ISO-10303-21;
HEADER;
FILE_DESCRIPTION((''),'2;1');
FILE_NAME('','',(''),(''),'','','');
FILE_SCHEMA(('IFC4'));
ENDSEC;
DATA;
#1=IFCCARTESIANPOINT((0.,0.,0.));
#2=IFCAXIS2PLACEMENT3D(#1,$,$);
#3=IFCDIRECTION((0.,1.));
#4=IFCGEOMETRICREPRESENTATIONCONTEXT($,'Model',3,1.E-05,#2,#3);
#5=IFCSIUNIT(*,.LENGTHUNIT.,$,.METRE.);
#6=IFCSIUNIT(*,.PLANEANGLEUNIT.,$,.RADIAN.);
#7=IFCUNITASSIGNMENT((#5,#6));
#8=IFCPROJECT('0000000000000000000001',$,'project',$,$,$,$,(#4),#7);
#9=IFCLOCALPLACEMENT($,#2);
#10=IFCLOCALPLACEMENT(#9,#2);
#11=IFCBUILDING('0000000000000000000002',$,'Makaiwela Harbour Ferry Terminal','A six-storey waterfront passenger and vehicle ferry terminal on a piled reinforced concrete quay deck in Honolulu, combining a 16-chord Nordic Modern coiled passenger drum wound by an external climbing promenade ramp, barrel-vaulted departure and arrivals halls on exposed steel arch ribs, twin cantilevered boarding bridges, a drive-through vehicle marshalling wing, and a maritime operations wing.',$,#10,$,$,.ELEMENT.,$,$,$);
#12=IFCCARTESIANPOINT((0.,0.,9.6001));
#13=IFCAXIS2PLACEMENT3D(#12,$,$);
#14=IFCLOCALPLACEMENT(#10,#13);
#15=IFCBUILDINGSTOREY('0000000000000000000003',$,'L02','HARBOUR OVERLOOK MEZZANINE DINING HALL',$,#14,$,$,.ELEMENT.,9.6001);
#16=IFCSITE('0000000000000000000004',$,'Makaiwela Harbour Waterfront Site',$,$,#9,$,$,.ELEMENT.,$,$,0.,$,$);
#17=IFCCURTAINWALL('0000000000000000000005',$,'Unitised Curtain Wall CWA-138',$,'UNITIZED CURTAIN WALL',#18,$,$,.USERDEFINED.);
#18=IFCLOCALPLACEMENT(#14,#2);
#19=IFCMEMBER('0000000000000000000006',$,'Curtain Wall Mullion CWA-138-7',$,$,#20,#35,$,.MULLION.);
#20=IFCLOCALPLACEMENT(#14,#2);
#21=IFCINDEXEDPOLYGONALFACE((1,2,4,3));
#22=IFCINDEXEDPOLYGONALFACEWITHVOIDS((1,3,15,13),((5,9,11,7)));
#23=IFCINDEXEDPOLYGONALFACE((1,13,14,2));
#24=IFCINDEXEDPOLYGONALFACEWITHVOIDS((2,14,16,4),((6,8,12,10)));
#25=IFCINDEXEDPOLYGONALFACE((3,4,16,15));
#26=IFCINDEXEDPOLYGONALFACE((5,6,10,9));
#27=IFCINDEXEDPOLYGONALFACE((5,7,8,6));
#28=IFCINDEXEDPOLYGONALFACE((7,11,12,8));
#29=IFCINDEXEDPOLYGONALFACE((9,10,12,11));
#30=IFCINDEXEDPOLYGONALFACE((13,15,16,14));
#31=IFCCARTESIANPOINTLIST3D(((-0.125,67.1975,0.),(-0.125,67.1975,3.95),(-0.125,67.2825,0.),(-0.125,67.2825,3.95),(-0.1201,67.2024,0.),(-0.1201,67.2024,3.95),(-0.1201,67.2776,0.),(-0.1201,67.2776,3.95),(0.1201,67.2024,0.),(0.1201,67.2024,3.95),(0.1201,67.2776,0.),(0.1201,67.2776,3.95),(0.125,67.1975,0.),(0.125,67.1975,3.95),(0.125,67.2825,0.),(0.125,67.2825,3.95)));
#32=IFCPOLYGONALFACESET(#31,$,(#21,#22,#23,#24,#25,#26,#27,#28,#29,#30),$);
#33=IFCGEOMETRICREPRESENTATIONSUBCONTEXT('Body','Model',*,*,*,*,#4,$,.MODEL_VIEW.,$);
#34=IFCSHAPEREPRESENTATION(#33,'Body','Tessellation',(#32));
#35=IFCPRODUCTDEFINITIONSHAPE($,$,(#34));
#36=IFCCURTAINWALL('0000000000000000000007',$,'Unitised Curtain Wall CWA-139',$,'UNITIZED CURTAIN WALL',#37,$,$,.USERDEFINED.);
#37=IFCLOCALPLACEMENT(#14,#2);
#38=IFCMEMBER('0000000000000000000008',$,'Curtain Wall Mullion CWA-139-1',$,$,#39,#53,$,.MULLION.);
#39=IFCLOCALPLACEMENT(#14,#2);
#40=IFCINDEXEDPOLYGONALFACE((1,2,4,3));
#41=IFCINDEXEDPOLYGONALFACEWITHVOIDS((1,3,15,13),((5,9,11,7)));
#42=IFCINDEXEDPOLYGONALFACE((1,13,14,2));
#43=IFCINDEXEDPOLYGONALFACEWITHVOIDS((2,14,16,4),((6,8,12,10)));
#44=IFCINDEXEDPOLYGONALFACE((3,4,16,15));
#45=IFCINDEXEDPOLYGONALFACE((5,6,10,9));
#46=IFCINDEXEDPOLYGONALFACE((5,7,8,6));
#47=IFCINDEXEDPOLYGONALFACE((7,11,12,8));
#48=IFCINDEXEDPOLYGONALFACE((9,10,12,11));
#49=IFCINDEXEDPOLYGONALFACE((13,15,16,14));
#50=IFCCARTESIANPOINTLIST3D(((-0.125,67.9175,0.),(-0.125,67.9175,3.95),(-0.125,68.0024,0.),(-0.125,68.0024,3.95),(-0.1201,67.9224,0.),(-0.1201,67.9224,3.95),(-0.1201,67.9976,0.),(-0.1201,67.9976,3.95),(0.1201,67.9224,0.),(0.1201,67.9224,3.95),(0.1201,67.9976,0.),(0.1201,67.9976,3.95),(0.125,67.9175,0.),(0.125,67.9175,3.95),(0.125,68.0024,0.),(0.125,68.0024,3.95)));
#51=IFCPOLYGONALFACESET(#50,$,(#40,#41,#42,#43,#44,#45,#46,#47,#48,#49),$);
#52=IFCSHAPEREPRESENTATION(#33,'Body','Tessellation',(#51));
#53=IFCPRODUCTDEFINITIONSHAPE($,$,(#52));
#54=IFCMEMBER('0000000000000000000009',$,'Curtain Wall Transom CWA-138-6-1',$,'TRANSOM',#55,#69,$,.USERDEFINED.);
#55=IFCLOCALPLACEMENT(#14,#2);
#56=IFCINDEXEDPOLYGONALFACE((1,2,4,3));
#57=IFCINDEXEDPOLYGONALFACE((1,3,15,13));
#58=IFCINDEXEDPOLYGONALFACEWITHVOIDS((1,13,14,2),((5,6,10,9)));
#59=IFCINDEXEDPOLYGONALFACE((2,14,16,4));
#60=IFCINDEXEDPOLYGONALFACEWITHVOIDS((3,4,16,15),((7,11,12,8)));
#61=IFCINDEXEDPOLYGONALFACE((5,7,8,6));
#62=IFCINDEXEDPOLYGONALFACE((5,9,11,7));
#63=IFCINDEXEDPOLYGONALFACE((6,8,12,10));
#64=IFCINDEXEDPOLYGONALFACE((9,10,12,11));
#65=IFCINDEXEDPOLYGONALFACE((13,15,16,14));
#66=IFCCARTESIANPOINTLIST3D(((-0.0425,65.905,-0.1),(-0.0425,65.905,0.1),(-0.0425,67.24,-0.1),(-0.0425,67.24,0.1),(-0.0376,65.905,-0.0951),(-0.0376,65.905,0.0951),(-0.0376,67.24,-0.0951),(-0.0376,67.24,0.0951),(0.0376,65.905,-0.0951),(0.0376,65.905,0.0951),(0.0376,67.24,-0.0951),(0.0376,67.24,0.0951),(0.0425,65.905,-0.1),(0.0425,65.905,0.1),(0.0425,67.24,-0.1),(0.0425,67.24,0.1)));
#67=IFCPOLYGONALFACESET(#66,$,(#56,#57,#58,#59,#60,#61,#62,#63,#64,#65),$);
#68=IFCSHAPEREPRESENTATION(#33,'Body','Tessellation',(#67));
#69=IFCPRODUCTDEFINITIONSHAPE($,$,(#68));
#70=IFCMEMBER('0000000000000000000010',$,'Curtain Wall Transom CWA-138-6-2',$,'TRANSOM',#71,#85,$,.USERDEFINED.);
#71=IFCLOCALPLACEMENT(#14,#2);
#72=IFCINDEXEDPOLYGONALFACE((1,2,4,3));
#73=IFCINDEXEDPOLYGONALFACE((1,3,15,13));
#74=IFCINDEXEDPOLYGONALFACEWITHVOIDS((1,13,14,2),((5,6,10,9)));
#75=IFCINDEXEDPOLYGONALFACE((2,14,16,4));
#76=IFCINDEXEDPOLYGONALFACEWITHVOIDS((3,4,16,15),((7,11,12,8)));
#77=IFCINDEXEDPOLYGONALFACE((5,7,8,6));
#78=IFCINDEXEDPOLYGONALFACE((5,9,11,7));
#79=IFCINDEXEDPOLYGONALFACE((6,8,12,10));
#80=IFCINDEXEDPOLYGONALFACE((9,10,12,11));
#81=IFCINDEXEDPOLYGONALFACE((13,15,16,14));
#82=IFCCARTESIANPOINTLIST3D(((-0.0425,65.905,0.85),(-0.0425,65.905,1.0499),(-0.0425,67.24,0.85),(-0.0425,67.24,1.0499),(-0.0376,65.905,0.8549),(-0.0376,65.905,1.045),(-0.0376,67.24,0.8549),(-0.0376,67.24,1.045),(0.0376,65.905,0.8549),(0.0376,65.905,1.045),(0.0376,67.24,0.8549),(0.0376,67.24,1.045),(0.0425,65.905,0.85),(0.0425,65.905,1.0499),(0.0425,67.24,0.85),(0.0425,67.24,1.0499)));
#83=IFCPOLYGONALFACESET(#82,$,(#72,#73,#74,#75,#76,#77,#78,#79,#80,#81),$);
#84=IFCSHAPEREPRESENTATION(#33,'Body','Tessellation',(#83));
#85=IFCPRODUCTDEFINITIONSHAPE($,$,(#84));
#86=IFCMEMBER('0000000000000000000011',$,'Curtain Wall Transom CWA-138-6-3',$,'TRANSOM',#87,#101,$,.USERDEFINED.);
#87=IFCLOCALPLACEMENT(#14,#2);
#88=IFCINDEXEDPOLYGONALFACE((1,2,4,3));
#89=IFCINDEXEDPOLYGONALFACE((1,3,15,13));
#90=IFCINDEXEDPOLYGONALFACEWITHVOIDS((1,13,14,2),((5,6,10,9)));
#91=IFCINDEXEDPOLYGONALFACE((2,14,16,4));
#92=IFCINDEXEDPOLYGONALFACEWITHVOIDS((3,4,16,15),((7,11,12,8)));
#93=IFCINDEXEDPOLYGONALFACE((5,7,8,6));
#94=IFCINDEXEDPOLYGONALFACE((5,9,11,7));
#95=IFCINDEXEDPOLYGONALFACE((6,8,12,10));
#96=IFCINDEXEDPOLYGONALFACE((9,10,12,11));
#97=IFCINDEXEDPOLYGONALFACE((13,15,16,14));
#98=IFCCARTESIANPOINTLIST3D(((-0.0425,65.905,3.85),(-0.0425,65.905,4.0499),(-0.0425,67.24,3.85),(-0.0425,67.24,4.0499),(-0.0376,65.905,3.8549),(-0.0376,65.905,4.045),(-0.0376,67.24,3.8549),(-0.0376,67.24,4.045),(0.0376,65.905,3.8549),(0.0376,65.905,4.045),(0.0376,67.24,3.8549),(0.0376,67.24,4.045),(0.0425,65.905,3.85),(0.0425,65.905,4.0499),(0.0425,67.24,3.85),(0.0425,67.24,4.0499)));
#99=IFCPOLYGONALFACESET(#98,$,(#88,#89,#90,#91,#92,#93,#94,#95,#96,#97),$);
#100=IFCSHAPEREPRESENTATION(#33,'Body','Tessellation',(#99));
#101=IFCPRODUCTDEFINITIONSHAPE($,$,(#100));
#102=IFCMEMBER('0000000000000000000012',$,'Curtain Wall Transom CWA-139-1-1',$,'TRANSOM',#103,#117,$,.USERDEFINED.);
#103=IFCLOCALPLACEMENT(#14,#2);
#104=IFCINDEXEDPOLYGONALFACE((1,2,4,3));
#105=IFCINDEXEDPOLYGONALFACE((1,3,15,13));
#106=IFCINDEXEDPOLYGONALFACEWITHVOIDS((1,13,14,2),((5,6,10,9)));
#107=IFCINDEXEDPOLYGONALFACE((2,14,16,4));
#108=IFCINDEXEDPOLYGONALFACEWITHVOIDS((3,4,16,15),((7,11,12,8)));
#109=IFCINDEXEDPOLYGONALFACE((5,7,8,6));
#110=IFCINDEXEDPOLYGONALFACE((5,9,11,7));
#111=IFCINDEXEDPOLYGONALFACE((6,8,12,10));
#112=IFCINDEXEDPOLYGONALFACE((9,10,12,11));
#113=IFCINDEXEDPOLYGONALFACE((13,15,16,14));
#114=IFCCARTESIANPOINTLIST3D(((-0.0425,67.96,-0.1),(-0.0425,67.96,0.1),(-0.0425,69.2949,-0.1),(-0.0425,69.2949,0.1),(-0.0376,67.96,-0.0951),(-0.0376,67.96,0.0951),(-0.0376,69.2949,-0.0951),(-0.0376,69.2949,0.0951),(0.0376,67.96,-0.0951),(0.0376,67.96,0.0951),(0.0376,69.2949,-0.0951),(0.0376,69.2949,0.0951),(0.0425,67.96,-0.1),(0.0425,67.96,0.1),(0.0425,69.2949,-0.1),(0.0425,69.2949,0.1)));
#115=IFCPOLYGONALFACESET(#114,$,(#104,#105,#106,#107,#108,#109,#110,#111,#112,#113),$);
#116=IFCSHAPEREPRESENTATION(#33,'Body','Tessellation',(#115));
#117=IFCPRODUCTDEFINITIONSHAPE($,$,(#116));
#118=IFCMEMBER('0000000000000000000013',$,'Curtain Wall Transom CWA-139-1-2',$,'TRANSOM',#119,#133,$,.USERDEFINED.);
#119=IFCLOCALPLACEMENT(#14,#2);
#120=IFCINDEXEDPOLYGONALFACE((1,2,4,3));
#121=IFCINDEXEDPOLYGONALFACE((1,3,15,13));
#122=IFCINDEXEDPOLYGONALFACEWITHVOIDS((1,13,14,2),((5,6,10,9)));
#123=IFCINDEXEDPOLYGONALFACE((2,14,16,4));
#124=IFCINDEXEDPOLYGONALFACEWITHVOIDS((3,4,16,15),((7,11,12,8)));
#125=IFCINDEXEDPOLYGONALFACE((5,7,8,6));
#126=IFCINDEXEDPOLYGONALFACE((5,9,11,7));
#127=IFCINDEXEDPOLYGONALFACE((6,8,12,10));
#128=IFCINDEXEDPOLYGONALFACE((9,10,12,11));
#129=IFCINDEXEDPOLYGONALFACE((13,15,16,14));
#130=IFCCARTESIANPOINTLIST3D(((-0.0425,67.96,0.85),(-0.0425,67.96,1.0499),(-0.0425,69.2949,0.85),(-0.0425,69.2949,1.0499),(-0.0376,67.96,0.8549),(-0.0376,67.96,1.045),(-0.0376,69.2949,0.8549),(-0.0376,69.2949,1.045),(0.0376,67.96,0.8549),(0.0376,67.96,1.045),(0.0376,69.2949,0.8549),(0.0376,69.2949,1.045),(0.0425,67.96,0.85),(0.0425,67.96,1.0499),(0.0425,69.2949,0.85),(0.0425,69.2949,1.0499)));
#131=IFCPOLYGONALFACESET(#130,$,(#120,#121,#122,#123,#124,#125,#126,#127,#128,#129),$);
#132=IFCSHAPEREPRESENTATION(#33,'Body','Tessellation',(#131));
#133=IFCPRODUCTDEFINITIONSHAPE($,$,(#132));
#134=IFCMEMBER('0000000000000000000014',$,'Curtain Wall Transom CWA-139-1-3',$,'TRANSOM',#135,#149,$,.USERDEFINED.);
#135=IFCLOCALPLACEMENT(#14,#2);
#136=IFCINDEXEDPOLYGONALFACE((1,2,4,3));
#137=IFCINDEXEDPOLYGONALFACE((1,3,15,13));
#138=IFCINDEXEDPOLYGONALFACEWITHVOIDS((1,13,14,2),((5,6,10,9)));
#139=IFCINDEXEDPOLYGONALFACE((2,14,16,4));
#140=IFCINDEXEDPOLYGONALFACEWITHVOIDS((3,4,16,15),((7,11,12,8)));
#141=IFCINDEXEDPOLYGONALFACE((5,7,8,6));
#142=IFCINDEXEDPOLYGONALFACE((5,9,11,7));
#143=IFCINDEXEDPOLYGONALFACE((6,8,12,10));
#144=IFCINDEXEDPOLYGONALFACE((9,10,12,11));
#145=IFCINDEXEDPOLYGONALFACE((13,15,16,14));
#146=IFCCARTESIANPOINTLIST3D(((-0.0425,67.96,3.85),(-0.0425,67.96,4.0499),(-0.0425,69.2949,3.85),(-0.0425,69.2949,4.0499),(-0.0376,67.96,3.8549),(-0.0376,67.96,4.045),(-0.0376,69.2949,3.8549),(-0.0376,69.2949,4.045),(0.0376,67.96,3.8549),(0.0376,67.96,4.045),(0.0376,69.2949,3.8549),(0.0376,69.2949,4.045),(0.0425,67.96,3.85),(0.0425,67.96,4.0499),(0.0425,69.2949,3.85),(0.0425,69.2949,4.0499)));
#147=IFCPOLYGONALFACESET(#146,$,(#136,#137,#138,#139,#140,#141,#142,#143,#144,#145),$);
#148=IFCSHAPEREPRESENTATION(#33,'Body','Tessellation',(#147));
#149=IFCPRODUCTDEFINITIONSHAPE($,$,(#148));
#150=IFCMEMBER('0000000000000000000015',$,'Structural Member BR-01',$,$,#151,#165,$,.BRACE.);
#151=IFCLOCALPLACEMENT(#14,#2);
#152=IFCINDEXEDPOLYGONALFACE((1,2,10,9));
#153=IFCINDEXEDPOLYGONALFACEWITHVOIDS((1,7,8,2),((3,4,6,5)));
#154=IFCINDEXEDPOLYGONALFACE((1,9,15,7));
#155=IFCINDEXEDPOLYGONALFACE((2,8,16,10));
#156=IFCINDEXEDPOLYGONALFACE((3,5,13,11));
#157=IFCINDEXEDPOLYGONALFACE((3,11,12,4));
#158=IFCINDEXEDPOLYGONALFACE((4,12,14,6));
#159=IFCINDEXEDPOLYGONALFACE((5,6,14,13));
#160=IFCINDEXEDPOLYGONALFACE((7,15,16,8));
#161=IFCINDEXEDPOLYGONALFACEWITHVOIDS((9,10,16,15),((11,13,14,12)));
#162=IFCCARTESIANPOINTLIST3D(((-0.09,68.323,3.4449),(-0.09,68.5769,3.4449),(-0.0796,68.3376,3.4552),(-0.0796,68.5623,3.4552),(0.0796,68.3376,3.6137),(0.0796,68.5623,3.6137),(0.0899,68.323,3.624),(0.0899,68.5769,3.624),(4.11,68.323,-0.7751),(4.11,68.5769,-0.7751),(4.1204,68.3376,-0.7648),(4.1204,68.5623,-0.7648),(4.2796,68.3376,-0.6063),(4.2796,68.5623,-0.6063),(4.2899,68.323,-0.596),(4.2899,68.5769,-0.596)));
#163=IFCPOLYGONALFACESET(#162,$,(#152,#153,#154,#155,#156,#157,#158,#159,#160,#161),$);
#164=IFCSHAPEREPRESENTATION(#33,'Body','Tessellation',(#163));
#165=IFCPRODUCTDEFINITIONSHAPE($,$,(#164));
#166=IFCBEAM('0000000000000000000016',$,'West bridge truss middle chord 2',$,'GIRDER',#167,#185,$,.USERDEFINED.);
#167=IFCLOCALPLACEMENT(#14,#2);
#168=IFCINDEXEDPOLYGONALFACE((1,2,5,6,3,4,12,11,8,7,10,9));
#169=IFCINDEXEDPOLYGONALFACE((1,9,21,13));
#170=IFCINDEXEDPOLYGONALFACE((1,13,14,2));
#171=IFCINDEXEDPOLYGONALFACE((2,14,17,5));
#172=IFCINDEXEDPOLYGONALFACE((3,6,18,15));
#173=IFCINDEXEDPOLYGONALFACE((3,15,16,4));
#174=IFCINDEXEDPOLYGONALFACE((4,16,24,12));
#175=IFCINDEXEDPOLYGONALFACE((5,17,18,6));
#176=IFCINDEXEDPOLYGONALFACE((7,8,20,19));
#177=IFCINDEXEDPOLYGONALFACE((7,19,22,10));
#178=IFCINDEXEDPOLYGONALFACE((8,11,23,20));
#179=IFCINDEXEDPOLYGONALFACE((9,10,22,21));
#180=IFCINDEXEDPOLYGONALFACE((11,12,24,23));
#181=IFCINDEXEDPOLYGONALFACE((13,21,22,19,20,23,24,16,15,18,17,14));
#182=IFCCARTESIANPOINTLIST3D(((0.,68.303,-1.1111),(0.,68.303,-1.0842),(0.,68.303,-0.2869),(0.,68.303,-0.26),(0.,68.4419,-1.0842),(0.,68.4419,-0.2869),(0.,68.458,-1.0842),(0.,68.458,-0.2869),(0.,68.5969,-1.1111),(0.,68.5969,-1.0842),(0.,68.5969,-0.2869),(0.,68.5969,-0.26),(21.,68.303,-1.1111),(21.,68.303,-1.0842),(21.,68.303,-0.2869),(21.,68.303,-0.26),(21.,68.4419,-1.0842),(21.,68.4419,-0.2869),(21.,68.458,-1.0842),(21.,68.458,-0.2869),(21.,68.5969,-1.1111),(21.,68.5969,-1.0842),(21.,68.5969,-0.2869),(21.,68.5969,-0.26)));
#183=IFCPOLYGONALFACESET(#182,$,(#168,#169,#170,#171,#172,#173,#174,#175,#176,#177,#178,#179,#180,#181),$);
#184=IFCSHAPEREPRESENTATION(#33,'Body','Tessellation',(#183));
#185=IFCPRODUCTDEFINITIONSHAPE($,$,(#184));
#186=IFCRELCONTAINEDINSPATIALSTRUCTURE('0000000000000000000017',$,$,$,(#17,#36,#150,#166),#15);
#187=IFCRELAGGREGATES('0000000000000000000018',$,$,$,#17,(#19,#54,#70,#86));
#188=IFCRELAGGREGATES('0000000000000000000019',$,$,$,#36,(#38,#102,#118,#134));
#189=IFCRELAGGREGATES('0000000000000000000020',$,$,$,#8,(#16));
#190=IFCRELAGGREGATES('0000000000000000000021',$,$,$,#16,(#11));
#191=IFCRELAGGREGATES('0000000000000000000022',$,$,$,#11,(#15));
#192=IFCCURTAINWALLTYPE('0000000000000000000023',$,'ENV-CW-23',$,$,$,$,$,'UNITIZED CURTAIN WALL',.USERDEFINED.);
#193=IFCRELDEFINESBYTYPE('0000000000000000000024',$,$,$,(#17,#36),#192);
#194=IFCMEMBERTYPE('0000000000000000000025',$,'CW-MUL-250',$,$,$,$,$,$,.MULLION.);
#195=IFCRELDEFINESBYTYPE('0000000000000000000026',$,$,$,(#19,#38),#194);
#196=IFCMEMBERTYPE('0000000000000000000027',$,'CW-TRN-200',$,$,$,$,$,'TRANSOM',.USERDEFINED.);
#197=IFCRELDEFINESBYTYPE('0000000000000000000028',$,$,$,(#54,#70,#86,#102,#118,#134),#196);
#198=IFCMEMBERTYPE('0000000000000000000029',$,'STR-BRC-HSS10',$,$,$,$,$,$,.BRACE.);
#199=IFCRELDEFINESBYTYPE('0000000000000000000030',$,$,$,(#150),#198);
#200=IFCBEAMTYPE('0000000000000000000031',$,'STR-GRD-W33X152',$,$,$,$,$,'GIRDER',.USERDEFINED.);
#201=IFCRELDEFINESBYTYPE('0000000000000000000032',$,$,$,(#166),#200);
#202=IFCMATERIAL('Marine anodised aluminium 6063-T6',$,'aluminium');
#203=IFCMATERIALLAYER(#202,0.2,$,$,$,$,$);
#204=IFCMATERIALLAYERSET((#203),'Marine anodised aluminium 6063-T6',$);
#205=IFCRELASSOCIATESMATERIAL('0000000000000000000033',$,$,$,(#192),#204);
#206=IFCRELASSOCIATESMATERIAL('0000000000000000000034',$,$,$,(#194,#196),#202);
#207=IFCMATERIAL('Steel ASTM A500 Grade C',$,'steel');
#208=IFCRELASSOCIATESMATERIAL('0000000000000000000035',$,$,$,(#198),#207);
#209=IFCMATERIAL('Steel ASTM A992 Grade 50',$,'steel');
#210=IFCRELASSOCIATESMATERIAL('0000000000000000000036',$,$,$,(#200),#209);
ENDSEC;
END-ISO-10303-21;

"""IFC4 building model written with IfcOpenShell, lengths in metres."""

from ifc_helpers import new_model, si_unit, direction, frame, origin, origin_2d, place, context, subcontext, project, spatial, hollow_rectangle, i_section, extrude, material, layer, layer_set, material_profile, profile_set, type_object, element, aggregate, save


model = new_model("IFC4")

# Units and contexts
model_context = context("Model", 3, precision=1e-05, world=origin(), true_north=direction((0.0, 1.0)))
body_context = subcontext(model_context, "Body", "Model", "MODEL_VIEW")
ifc_project = project(units=[si_unit("LENGTHUNIT", "METRE"), si_unit("PLANEANGLEUNIT", "RADIAN")], contexts=[model_context])

# Site, building, storey
site_placement = place(None, origin())
site = spatial("IfcSite", under=ifc_project, at=site_placement, Name="Makaiwela Harbour Waterfront Site", CompositionType="ELEMENT", RefElevation=0.0)
building_placement = place(site_placement, origin())
building = spatial("IfcBuilding", under=site, at=building_placement, Name="Makaiwela Harbour Ferry Terminal", Description="A six-storey waterfront passenger and vehicle ferry terminal on a piled reinforced concrete quay deck in Honolulu, combining a 16-chord Nordic Modern coiled passenger drum wound by an external climbing promenade ramp, barrel-vaulted departure and arrivals halls on exposed steel arch ribs, twin cantilevered boarding bridges, a drive-through vehicle marshalling wing, and a maritime operations wing.", CompositionType="ELEMENT")
storey_placement = place(building_placement, frame((0.0, 0.0, 9.6001)))
storey = spatial("IfcBuildingStorey", under=building, at=storey_placement, Name="L02", Description="HARBOUR OVERLOOK MEZZANINE DINING HALL", CompositionType="ELEMENT", Elevation=9.6001)

# Curtain walls, members
ifc_material_1 = material(Name="Marine anodised aluminium 6063-T6", Category="aluminium")
ifc_layer_1 = layer(ifc_material_1, 0.2)
ifc_layer_set_1 = layer_set([ifc_layer_1], Name="Marine anodised aluminium 6063-T6")
curtain_wall_type = type_object("IfcCurtainWallType", Name="ENV-CW-23", ElementType="UNITIZED CURTAIN WALL", PredefinedType="USERDEFINED", material=ifc_layer_set_1)
curtain_wall_1_placement = place(storey_placement, origin())
curtain_wall_1 = element("IfcCurtainWall", 1, at=curtain_wall_1_placement, inside=storey, type_object=curtain_wall_type, Name="Unitised Curtain Wall CWA-138", ObjectType="UNITIZED CURTAIN WALL", PredefinedType="USERDEFINED")
ifc_material_profile_1 = material_profile(ifc_material_1, hollow_rectangle(XDim=0.085, YDim=0.25, WallThickness=0.0049, at=origin_2d()), Name="CWM-250X85")
ifc_profile_set_1 = profile_set([ifc_material_profile_1], Name="Marine anodised aluminium 6063-T6")
member_type_1 = type_object("IfcMemberType", Name="CW-MUL-250", PredefinedType="MULLION", material=ifc_profile_set_1)
member_1_placement = place(storey_placement, frame((0.0, 67.24, 0.0), z_axis=(0.0, 0.0, 1.0), x_axis=(0.0, 1.0, 0.0)))
member_1 = element("IfcMember", 2, at=member_1_placement, type_object=member_type_1, Name="Curtain Wall Mullion CWA-138-7", PredefinedType="MULLION", context=body_context, shape_type="SweptSolid", body=[
    extrude(hollow_rectangle(XDim=0.085, YDim=0.25, WallThickness=0.0049, at=origin_2d()), origin(), (0.0, 0.0, 1.0), 3.95),
])
curtain_wall_2_placement = place(storey_placement, origin())
curtain_wall_2 = element("IfcCurtainWall", 3, at=curtain_wall_2_placement, inside=storey, type_object=curtain_wall_type, Name="Unitised Curtain Wall CWA-139", ObjectType="UNITIZED CURTAIN WALL", PredefinedType="USERDEFINED")
member_2_placement = place(storey_placement, frame((0.0, 67.96, 0.0), z_axis=(0.0, 0.0, 1.0), x_axis=(0.0, 1.0, 0.0)))
member_2 = element("IfcMember", 4, at=member_2_placement, type_object=member_type_1, Name="Curtain Wall Mullion CWA-139-1", PredefinedType="MULLION", context=body_context, shape_type="SweptSolid", body=[
    extrude(hollow_rectangle(XDim=0.085, YDim=0.25, WallThickness=0.0049, at=origin_2d()), origin(), (0.0, 0.0, 1.0), 3.95),
])

# Members
ifc_material_profile_2 = material_profile(ifc_material_1, hollow_rectangle(XDim=0.085, YDim=0.2, WallThickness=0.0049, at=origin_2d()), Name="CWT-200X85")
ifc_profile_set_2 = profile_set([ifc_material_profile_2], Name="Marine anodised aluminium 6063-T6")
member_type_2 = type_object("IfcMemberType", Name="CW-TRN-200", ElementType="TRANSOM", PredefinedType="USERDEFINED", material=ifc_profile_set_2)
member_3_placement = place(storey_placement, frame((0.0, 65.905, 0.0), z_axis=(0.0, 1.0, 0.0), x_axis=(-1.0, 0.0, 0.0)))
member_3 = element("IfcMember", 5, at=member_3_placement, type_object=member_type_2, Name="Curtain Wall Transom CWA-138-6-1", ObjectType="TRANSOM", PredefinedType="USERDEFINED", context=body_context, shape_type="SweptSolid", body=[
    extrude(hollow_rectangle(XDim=0.085, YDim=0.2, WallThickness=0.0049, at=origin_2d()), origin(), (0.0, 0.0, 1.0), 1.335),
])
member_4_placement = place(storey_placement, frame((0.0, 65.905, 0.95), z_axis=(0.0, 1.0, 0.0), x_axis=(-1.0, 0.0, 0.0)))
member_4 = element("IfcMember", 6, at=member_4_placement, type_object=member_type_2, Name="Curtain Wall Transom CWA-138-6-2", ObjectType="TRANSOM", PredefinedType="USERDEFINED", context=body_context, shape_type="SweptSolid", body=[
    extrude(hollow_rectangle(XDim=0.085, YDim=0.2, WallThickness=0.0049, at=origin_2d()), origin(), (0.0, 0.0, 1.0), 1.335),
])
member_5_placement = place(storey_placement, frame((0.0, 65.905, 3.95), z_axis=(0.0, 1.0, 0.0), x_axis=(-1.0, 0.0, 0.0)))
member_5 = element("IfcMember", 7, at=member_5_placement, type_object=member_type_2, Name="Curtain Wall Transom CWA-138-6-3", ObjectType="TRANSOM", PredefinedType="USERDEFINED", context=body_context, shape_type="SweptSolid", body=[
    extrude(hollow_rectangle(XDim=0.085, YDim=0.2, WallThickness=0.0049, at=origin_2d()), origin(), (0.0, 0.0, 1.0), 1.335),
])
member_6_placement = place(storey_placement, frame((0.0, 67.96, 0.0), z_axis=(0.0, 1.0, 0.0), x_axis=(-1.0, 0.0, 0.0)))
member_6 = element("IfcMember", 8, at=member_6_placement, type_object=member_type_2, Name="Curtain Wall Transom CWA-139-1-1", ObjectType="TRANSOM", PredefinedType="USERDEFINED", context=body_context, shape_type="SweptSolid", body=[
    extrude(hollow_rectangle(XDim=0.085, YDim=0.2, WallThickness=0.0049, at=origin_2d()), origin(), (0.0, 0.0, 1.0), 1.335),
])
member_7_placement = place(storey_placement, frame((0.0, 67.96, 0.95), z_axis=(0.0, 1.0, 0.0), x_axis=(-1.0, 0.0, 0.0)))
member_7 = element("IfcMember", 9, at=member_7_placement, type_object=member_type_2, Name="Curtain Wall Transom CWA-139-1-2", ObjectType="TRANSOM", PredefinedType="USERDEFINED", context=body_context, shape_type="SweptSolid", body=[
    extrude(hollow_rectangle(XDim=0.085, YDim=0.2, WallThickness=0.0049, at=origin_2d()), origin(), (0.0, 0.0, 1.0), 1.335),
])
member_8_placement = place(storey_placement, frame((0.0, 67.96, 3.95), z_axis=(0.0, 1.0, 0.0), x_axis=(-1.0, 0.0, 0.0)))
member_8 = element("IfcMember", 10, at=member_8_placement, type_object=member_type_2, Name="Curtain Wall Transom CWA-139-1-3", ObjectType="TRANSOM", PredefinedType="USERDEFINED", context=body_context, shape_type="SweptSolid", body=[
    extrude(hollow_rectangle(XDim=0.085, YDim=0.2, WallThickness=0.0049, at=origin_2d()), origin(), (0.0, 0.0, 1.0), 1.335),
])
ifc_material_2 = material(Name="Steel ASTM A500 Grade C", Category="steel")
ifc_material_profile_3 = material_profile(ifc_material_2, hollow_rectangle(XDim=0.2539, YDim=0.2539, WallThickness=0.0146, at=origin_2d()), Name="HSS10X10X5/8")
ifc_profile_set_3 = profile_set([ifc_material_profile_3], Name="Steel ASTM A500 Grade C")
member_type_3 = type_object("IfcMemberType", Name="STR-BRC-HSS10", PredefinedType="BRACE", material=ifc_profile_set_3)
member_9_placement = place(storey_placement, frame((4.2, 68.45, -0.6855), z_axis=(-0.705424, 0.0, 0.708786), x_axis=(0.0, -1.0, 0.0)))
element("IfcMember", 11, at=member_9_placement, inside=storey, type_object=member_type_3, Name="Structural Member BR-01", PredefinedType="BRACE", context=body_context, shape_type="SweptSolid", body=[
    extrude(hollow_rectangle(XDim=0.2539, YDim=0.2539, WallThickness=0.0146, at=origin_2d()), origin(), (0.0, 0.0, 1.0), 5.9539),
])

# Beam
ifc_material_3 = material(Name="Steel ASTM A992 Grade 50", Category="steel")
ifc_material_profile_4 = material_profile(ifc_material_3, i_section(OverallWidth=0.2939, OverallDepth=0.8511, WebThickness=0.0161, FlangeThickness=0.0269, at=origin_2d()), Name="W33X152")
ifc_profile_set_4 = profile_set([ifc_material_profile_4], Name="Steel ASTM A992 Grade 50")
beam_type_1 = type_object("IfcBeamType", Name="STR-GRD-W33X152", ElementType="GIRDER", PredefinedType="USERDEFINED", material=ifc_profile_set_4)
beam_placement = place(storey_placement, frame((0.0, 68.45, -0.6855), z_axis=(1.0, 0.0, 0.0), x_axis=(0.0, 1.0, 0.0)))
element("IfcBeam", 12, at=beam_placement, inside=storey, type_object=beam_type_1, Name="West bridge truss middle chord 2", ObjectType="GIRDER", PredefinedType="USERDEFINED", context=body_context, shape_type="SweptSolid", body=[
    extrude(i_section(OverallWidth=0.2939, OverallDepth=0.8511, WebThickness=0.0161, FlangeThickness=0.0269, at=origin_2d()), origin(), (0.0, 0.0, 1.0), 21.0),
])

aggregate(curtain_wall_1, [member_1, member_3, member_4, member_5])
aggregate(curtain_wall_2, [member_2, member_6, member_7, member_8])

save(model, "model.ifc")
